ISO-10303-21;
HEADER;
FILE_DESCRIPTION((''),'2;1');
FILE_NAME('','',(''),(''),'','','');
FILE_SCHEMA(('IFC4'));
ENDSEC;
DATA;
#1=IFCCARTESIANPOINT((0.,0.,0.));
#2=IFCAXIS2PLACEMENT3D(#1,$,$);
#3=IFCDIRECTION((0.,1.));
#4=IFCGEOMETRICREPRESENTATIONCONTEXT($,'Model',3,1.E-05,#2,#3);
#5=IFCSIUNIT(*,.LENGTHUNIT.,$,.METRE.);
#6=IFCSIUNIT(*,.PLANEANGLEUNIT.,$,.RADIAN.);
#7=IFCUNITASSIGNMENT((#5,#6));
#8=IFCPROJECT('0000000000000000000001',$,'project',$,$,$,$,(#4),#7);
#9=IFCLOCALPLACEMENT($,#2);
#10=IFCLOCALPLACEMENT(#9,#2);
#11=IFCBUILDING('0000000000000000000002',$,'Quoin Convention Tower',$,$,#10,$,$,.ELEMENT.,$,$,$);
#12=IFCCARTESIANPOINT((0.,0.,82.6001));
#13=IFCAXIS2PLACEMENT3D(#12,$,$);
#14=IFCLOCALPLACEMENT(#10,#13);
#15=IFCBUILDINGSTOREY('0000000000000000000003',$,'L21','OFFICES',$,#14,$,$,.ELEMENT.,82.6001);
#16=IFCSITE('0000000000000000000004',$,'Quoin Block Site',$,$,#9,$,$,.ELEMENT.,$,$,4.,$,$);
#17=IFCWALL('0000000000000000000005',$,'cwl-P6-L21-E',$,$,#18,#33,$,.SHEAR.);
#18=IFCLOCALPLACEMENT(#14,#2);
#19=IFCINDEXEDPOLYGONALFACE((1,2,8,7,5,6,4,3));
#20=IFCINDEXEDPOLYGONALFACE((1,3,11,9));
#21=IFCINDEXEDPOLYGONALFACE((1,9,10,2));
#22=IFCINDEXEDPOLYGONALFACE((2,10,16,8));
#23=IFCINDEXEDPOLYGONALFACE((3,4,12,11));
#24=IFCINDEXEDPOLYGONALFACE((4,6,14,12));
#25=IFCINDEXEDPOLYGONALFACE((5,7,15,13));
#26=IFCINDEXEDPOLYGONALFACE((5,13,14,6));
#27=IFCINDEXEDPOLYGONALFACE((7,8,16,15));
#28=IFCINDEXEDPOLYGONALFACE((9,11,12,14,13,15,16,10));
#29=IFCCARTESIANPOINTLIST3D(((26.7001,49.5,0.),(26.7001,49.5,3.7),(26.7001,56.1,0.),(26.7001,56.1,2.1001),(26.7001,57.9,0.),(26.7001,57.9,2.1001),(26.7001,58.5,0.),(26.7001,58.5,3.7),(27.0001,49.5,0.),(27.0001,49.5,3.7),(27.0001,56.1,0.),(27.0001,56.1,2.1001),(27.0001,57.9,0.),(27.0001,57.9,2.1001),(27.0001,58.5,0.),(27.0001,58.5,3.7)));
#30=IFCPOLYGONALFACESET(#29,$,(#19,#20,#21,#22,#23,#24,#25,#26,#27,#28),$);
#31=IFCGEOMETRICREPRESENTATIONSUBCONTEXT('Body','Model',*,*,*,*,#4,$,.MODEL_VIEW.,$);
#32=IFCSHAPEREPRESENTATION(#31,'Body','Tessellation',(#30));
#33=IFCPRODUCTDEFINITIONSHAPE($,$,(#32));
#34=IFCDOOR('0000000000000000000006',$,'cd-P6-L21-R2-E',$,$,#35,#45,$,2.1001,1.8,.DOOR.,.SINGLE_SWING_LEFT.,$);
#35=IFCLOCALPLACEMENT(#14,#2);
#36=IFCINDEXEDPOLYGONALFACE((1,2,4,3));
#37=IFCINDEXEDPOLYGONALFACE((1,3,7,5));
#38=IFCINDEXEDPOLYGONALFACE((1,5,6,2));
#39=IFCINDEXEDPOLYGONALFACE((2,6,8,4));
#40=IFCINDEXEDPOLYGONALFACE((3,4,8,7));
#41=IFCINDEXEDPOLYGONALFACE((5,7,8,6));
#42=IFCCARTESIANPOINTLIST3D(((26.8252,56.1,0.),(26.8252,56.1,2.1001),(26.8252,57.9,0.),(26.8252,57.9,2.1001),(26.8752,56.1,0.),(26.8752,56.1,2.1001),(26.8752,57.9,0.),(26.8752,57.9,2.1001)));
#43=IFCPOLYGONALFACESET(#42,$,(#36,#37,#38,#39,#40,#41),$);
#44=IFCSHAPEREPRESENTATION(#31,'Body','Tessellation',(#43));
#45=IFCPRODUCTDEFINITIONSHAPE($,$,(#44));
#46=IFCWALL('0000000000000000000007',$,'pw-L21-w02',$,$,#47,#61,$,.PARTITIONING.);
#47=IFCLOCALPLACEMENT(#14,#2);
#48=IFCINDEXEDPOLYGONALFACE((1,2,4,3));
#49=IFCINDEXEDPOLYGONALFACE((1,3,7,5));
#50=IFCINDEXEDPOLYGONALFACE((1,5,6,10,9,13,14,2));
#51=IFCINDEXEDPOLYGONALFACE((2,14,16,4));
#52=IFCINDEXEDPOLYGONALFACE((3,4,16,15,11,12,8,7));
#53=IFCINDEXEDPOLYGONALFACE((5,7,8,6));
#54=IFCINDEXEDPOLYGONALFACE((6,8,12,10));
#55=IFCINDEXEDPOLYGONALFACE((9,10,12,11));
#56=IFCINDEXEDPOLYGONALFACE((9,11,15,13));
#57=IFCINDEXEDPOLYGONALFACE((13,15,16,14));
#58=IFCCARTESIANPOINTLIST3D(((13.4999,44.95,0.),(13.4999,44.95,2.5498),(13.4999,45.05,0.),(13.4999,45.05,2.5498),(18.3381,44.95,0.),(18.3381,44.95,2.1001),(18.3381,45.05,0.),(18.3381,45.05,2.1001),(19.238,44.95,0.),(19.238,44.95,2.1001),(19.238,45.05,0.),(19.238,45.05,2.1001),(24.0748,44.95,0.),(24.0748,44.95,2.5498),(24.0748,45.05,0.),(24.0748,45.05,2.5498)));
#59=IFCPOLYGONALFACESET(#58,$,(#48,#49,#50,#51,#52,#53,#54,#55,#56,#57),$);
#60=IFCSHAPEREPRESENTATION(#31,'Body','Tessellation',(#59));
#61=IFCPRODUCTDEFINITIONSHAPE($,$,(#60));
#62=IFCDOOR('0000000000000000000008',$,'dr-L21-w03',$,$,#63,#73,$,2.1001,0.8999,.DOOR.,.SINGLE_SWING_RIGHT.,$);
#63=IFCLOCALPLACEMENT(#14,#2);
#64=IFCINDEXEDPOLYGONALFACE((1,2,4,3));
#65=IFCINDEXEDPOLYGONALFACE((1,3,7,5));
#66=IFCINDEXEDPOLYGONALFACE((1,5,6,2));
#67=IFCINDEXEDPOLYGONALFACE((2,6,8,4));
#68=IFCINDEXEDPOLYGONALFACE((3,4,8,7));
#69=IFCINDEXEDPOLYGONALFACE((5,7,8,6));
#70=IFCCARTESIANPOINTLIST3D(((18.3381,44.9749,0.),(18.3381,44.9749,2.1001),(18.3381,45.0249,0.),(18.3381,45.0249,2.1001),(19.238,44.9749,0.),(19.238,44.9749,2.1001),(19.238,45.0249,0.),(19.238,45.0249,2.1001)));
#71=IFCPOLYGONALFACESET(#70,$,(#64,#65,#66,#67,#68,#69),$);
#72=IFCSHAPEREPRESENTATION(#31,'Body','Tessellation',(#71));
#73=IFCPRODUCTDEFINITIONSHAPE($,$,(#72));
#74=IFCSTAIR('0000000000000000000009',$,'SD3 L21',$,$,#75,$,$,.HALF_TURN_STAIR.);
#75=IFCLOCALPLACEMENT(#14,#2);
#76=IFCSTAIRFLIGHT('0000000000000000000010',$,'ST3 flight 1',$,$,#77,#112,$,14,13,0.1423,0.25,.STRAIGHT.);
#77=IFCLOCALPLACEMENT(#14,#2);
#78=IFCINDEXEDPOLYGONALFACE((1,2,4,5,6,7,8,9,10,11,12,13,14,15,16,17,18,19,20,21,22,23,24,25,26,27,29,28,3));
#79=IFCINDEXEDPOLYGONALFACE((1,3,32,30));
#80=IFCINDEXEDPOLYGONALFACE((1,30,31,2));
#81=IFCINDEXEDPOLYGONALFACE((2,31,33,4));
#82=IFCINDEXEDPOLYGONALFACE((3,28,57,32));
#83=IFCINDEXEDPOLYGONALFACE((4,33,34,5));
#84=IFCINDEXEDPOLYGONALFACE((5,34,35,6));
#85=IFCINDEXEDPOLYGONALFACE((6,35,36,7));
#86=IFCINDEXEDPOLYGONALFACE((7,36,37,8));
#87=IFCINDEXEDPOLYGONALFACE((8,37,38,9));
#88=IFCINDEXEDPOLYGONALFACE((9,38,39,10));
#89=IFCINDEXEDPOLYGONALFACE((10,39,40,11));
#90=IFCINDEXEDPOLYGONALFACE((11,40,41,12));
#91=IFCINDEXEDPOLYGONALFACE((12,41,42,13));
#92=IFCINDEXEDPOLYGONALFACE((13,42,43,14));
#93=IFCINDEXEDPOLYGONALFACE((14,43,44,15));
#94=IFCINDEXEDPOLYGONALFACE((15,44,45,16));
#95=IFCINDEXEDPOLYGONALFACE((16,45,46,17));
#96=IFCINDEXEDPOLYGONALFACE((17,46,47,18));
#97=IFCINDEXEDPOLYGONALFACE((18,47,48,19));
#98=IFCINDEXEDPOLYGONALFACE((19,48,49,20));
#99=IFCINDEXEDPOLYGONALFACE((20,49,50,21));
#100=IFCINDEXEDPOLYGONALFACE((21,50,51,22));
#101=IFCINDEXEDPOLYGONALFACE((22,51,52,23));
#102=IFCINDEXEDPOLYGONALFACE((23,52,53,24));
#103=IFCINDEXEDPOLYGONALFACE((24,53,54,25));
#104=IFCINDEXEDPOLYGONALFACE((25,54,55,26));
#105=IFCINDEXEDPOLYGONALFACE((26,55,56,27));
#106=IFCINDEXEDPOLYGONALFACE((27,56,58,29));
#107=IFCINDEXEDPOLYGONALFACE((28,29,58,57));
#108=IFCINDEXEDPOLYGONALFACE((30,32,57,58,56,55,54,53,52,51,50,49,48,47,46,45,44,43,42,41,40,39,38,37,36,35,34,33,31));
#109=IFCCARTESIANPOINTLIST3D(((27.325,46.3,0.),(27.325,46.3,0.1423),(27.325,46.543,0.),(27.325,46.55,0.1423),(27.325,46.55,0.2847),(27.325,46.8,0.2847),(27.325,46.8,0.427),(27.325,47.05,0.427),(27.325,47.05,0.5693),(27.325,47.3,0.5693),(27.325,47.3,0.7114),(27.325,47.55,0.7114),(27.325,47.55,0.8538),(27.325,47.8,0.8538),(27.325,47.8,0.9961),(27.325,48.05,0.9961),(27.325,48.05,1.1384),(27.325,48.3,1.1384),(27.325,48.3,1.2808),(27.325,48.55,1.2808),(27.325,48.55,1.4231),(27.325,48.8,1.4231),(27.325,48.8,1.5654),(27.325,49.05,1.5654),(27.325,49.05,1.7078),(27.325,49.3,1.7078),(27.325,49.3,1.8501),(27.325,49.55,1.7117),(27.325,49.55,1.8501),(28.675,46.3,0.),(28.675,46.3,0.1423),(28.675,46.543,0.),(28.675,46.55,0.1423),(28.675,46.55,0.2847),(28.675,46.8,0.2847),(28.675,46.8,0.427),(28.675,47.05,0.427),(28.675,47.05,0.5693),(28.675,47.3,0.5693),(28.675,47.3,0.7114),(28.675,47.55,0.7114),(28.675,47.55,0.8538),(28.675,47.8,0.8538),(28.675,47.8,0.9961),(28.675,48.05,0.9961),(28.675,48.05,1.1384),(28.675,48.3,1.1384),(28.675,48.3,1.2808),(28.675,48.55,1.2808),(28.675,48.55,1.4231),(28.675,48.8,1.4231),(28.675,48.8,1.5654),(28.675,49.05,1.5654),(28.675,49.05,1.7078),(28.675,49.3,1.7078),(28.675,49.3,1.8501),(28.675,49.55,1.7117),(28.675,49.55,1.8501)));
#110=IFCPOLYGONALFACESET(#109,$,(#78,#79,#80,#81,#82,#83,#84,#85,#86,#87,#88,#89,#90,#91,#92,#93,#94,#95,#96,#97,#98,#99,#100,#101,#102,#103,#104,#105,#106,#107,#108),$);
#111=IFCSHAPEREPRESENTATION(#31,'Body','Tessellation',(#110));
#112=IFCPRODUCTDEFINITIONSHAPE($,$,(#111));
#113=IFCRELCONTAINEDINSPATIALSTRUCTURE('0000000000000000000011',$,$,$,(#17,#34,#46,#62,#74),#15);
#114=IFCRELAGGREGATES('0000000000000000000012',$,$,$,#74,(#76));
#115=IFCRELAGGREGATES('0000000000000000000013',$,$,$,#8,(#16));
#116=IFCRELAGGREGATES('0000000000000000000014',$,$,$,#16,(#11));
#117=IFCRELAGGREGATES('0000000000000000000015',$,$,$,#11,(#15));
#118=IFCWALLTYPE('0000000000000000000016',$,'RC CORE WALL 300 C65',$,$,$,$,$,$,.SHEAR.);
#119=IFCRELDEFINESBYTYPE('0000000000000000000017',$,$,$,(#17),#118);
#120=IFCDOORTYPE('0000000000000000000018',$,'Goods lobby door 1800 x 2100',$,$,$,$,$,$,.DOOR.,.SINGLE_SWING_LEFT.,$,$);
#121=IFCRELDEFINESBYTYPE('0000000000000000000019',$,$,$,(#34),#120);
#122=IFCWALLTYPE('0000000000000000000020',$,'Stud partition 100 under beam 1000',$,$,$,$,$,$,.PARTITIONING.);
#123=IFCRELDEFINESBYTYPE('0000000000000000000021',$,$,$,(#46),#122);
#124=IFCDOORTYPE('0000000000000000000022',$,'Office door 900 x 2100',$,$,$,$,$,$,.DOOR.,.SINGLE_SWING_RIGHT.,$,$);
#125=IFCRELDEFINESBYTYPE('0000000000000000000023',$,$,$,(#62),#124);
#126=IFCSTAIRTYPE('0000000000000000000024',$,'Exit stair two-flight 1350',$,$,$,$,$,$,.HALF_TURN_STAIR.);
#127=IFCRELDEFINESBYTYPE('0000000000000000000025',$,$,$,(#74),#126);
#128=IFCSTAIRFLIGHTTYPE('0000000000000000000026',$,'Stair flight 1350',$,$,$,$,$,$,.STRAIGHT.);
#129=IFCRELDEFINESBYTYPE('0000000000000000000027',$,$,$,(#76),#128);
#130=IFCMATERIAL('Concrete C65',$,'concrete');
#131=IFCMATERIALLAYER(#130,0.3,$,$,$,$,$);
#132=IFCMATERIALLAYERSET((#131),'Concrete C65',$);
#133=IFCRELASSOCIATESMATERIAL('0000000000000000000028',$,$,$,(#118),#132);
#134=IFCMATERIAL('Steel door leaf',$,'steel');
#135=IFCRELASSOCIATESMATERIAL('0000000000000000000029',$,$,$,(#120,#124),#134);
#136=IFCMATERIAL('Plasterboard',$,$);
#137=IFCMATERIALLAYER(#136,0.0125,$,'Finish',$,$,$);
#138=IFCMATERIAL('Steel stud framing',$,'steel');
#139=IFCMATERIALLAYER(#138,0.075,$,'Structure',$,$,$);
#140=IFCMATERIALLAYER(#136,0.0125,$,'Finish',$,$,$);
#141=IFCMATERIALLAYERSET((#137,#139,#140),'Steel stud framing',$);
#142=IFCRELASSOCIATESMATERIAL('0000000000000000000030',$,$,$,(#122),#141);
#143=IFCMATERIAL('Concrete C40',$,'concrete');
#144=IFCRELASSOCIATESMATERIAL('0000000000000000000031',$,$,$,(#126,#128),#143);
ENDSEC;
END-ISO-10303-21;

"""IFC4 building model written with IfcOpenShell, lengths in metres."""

from ifc_helpers import new_model, si_unit, direction, frame, frame_2d, origin, place, context, subcontext, project, spatial, polyline, rectangle, outline, extrude, material, layer, layer_set, type_object, element, fill, aggregate, save


model = new_model("IFC4")

# Units and contexts
model_context = context("Model", 3, precision=1e-05, world=origin(), true_north=direction((0.0, 1.0)))
body_context = subcontext(model_context, "Body", "Model", "MODEL_VIEW")
ifc_project = project(units=[si_unit("LENGTHUNIT", "METRE"), si_unit("PLANEANGLEUNIT", "RADIAN")], contexts=[model_context])

# Site, building, storey
site_placement = place(None, origin())
site = spatial("IfcSite", under=ifc_project, at=site_placement, Name="Quoin Block Site", CompositionType="ELEMENT", RefElevation=4.0)
building_placement = place(site_placement, origin())
building = spatial("IfcBuilding", under=site, at=building_placement, Name="Quoin Convention Tower", CompositionType="ELEMENT")
storey_placement = place(building_placement, frame((0.0, 0.0, 82.6001)))
storey = spatial("IfcBuildingStorey", under=building, at=storey_placement, Name="L21", Description="OFFICES", CompositionType="ELEMENT", Elevation=82.6001)

# Shared definitions
ifc_material_1 = material(Name="Concrete C65", Category="concrete")

# Shared definitions
ifc_material_2 = material(Name="Plasterboard")
ifc_material_3 = material(Name="Steel stud framing", Category="steel")

# Shared definitions
ifc_layer_1 = layer(ifc_material_1, 0.3)
ifc_layer_set_1 = layer_set([ifc_layer_1], Name="Concrete C65")
wall_type_1 = type_object("IfcWallType", Name="RC CORE WALL 300 C65", PredefinedType="SHEAR", material=ifc_layer_set_1)
ifc_material_4 = material(Name="Steel door leaf", Category="steel")

# Walls, openings, doors
wall_1_placement = place(storey_placement, frame((26.8501, 49.5, 0.0), z_axis=(0.0, 0.0, 1.0), x_axis=(0.0, 1.0, 0.0)))
wall_1 = element("IfcWall", 1, at=wall_1_placement, inside=storey, type_object=wall_type_1, Name="cwl-P6-L21-E", PredefinedType="SHEAR", context=body_context, shape_type="SweptSolid", body=[
    extrude(rectangle(XDim=9.0, YDim=0.3, at=frame_2d((4.5, 0.0))), origin(), (0.0, 0.0, 1.0), 3.7),
])
opening_1_placement = place(wall_1_placement, frame((6.6001, 0.0, 0.0)))
opening_1 = element("IfcOpeningElement", 2, at=opening_1_placement, cuts=wall_1, PredefinedType="OPENING", context=body_context, shape_type="SweptSolid", body=[
    extrude(rectangle(XDim=1.8, YDim=2.1001, at=frame_2d((0.8999, 1.05))), frame((0.0, 0.1599, 0.0), z_axis=(0.0, -1.0, 0.0), x_axis=(1.0, 0.0, 0.0)), (0.0, 0.0, 1.0), 0.3201),
])
door_type_1 = type_object("IfcDoorType", Name="Goods lobby door 1800 x 2100", OperationType="SINGLE_SWING_LEFT", PredefinedType="DOOR", material=ifc_material_4)
door_1_placement = place(opening_1_placement, origin())
door_1 = element("IfcDoor", 3, at=door_1_placement, inside=storey, type_object=door_type_1, Name="cd-P6-L21-R2-E", OperationType="SINGLE_SWING_LEFT", OverallHeight=2.1001, OverallWidth=1.8, PredefinedType="DOOR", context=body_context, shape_type="SweptSolid", body=[
    extrude(rectangle(XDim=1.8, YDim=2.1001, at=frame_2d((0.8999, 1.05))), frame((0.0, 0.0249, 0.0), z_axis=(0.0, -1.0, 0.0), x_axis=(1.0, 0.0, 0.0)), (0.0, 0.0, 1.0), 0.05),
])
fill(opening_1, door_1)
ifc_layer_2 = layer(ifc_material_2, 0.0125, Name="Finish")
ifc_layer_3 = layer(ifc_material_3, 0.075, Name="Structure")
ifc_layer_4 = layer(ifc_material_2, 0.0125, Name="Finish")
ifc_layer_set_2 = layer_set([ifc_layer_2, ifc_layer_3, ifc_layer_4], Name="Steel stud framing")
wall_type_2 = type_object("IfcWallType", Name="Stud partition 100 under beam 1000", PredefinedType="PARTITIONING", material=ifc_layer_set_2)
wall_2_placement = place(storey_placement, frame((24.075, 45.0, 0.0), z_axis=(0.0, 0.0, 1.0), x_axis=(-1.0, 0.0, 0.0)))
wall_2 = element("IfcWall", 4, at=wall_2_placement, inside=storey, type_object=wall_type_2, Name="pw-L21-w02", PredefinedType="PARTITIONING", context=body_context, shape_type="SweptSolid", body=[
    extrude(rectangle(XDim=10.575, YDim=0.1001, at=frame_2d((5.2876, 0.0))), origin(), (0.0, 0.0, 1.0), 2.5498),
])
opening_2_placement = place(wall_2_placement, frame((4.8369, 0.0, 0.0)))
opening_2 = element("IfcOpeningElement", 5, at=opening_2_placement, cuts=wall_2, PredefinedType="OPENING", context=body_context, shape_type="SweptSolid", body=[
    extrude(rectangle(XDim=0.8999, YDim=2.1001, at=frame_2d((0.45, 1.05))), frame((0.0, 0.0601, 0.0), z_axis=(0.0, -1.0, 0.0), x_axis=(1.0, 0.0, 0.0)), (0.0, 0.0, 1.0), 0.1201),
])
door_type_2 = type_object("IfcDoorType", Name="Office door 900 x 2100", OperationType="SINGLE_SWING_RIGHT", PredefinedType="DOOR", material=ifc_material_4)
door_2_placement = place(opening_2_placement, frame((0.8999, 0.0, 0.0), z_axis=(0.0, 0.0, 1.0), x_axis=(-1.0, 0.0, 0.0)))
door_2 = element("IfcDoor", 6, at=door_2_placement, inside=storey, type_object=door_type_2, Name="dr-L21-w03", OperationType="SINGLE_SWING_RIGHT", OverallHeight=2.1001, OverallWidth=0.8999, PredefinedType="DOOR", context=body_context, shape_type="SweptSolid", body=[
    extrude(rectangle(XDim=0.8999, YDim=2.1001, at=frame_2d((0.45, 1.05))), frame((0.0, 0.0249, 0.0), z_axis=(0.0, -1.0, 0.0), x_axis=(1.0, 0.0, 0.0)), (0.0, 0.0, 1.0), 0.05),
])
fill(opening_2, door_2)

# Stair, stair flight
ifc_material_5 = material(Name="Concrete C40", Category="concrete")
stair_type = type_object("IfcStairType", Name="Exit stair two-flight 1350", PredefinedType="HALF_TURN_STAIR", material=ifc_material_5)
stair_placement = place(storey_placement, origin())
stair = element("IfcStair", 7, at=stair_placement, inside=storey, type_object=stair_type, Name="SD3 L21", PredefinedType="HALF_TURN_STAIR")
stair_flight_type = type_object("IfcStairFlightType", Name="Stair flight 1350", PredefinedType="STRAIGHT", material=ifc_material_5)
stair_flight_placement = place(storey_placement, frame((28.0, 46.3, 0.0), z_axis=(0.0, 0.0, 1.0), x_axis=(0.0, 1.0, 0.0)))
stair_flight = element("IfcStairFlight", 8, at=stair_flight_placement, type_object=stair_flight_type, Name="ST3 flight 1", NumberOfRisers=14, NumberOfTreads=13, PredefinedType="STRAIGHT", RiserHeight=0.1423, TreadLength=0.25, context=body_context, shape_type="SweptSolid", body=[
    extrude(outline(polyline([(0.0, 0.0), (0.0, 0.1423), (0.25, 0.1423), (0.25, 0.2847), (0.5, 0.2847), (0.5, 0.427), (0.75, 0.427), (0.75, 0.5693), (1.0, 0.5693), (1.0, 0.7114), (1.25, 0.7114), (1.25, 0.8538), (1.5, 0.8538), (1.5, 0.9961), (1.75, 0.9961), (1.75, 1.1384), (2.0, 1.1384), (2.0, 1.2808), (2.25, 1.2808), (2.25, 1.4231), (2.5, 1.4231), (2.5, 1.5654), (2.75, 1.5654), (2.75, 1.7078), (3.0, 1.7078), (3.0, 1.8501), (3.25, 1.8501), (3.25, 1.9922), (3.25, 1.7117), (0.2429, 0.0), (0.0, 0.0)])), frame((0.0, 0.675, 0.0), z_axis=(0.0, -1.0, 0.0), x_axis=(1.0, 0.0, 0.0)), (0.0, 0.0, 1.0), 1.3501),
])
aggregate(stair, [stair_flight])

save(model, "model.ifc")
